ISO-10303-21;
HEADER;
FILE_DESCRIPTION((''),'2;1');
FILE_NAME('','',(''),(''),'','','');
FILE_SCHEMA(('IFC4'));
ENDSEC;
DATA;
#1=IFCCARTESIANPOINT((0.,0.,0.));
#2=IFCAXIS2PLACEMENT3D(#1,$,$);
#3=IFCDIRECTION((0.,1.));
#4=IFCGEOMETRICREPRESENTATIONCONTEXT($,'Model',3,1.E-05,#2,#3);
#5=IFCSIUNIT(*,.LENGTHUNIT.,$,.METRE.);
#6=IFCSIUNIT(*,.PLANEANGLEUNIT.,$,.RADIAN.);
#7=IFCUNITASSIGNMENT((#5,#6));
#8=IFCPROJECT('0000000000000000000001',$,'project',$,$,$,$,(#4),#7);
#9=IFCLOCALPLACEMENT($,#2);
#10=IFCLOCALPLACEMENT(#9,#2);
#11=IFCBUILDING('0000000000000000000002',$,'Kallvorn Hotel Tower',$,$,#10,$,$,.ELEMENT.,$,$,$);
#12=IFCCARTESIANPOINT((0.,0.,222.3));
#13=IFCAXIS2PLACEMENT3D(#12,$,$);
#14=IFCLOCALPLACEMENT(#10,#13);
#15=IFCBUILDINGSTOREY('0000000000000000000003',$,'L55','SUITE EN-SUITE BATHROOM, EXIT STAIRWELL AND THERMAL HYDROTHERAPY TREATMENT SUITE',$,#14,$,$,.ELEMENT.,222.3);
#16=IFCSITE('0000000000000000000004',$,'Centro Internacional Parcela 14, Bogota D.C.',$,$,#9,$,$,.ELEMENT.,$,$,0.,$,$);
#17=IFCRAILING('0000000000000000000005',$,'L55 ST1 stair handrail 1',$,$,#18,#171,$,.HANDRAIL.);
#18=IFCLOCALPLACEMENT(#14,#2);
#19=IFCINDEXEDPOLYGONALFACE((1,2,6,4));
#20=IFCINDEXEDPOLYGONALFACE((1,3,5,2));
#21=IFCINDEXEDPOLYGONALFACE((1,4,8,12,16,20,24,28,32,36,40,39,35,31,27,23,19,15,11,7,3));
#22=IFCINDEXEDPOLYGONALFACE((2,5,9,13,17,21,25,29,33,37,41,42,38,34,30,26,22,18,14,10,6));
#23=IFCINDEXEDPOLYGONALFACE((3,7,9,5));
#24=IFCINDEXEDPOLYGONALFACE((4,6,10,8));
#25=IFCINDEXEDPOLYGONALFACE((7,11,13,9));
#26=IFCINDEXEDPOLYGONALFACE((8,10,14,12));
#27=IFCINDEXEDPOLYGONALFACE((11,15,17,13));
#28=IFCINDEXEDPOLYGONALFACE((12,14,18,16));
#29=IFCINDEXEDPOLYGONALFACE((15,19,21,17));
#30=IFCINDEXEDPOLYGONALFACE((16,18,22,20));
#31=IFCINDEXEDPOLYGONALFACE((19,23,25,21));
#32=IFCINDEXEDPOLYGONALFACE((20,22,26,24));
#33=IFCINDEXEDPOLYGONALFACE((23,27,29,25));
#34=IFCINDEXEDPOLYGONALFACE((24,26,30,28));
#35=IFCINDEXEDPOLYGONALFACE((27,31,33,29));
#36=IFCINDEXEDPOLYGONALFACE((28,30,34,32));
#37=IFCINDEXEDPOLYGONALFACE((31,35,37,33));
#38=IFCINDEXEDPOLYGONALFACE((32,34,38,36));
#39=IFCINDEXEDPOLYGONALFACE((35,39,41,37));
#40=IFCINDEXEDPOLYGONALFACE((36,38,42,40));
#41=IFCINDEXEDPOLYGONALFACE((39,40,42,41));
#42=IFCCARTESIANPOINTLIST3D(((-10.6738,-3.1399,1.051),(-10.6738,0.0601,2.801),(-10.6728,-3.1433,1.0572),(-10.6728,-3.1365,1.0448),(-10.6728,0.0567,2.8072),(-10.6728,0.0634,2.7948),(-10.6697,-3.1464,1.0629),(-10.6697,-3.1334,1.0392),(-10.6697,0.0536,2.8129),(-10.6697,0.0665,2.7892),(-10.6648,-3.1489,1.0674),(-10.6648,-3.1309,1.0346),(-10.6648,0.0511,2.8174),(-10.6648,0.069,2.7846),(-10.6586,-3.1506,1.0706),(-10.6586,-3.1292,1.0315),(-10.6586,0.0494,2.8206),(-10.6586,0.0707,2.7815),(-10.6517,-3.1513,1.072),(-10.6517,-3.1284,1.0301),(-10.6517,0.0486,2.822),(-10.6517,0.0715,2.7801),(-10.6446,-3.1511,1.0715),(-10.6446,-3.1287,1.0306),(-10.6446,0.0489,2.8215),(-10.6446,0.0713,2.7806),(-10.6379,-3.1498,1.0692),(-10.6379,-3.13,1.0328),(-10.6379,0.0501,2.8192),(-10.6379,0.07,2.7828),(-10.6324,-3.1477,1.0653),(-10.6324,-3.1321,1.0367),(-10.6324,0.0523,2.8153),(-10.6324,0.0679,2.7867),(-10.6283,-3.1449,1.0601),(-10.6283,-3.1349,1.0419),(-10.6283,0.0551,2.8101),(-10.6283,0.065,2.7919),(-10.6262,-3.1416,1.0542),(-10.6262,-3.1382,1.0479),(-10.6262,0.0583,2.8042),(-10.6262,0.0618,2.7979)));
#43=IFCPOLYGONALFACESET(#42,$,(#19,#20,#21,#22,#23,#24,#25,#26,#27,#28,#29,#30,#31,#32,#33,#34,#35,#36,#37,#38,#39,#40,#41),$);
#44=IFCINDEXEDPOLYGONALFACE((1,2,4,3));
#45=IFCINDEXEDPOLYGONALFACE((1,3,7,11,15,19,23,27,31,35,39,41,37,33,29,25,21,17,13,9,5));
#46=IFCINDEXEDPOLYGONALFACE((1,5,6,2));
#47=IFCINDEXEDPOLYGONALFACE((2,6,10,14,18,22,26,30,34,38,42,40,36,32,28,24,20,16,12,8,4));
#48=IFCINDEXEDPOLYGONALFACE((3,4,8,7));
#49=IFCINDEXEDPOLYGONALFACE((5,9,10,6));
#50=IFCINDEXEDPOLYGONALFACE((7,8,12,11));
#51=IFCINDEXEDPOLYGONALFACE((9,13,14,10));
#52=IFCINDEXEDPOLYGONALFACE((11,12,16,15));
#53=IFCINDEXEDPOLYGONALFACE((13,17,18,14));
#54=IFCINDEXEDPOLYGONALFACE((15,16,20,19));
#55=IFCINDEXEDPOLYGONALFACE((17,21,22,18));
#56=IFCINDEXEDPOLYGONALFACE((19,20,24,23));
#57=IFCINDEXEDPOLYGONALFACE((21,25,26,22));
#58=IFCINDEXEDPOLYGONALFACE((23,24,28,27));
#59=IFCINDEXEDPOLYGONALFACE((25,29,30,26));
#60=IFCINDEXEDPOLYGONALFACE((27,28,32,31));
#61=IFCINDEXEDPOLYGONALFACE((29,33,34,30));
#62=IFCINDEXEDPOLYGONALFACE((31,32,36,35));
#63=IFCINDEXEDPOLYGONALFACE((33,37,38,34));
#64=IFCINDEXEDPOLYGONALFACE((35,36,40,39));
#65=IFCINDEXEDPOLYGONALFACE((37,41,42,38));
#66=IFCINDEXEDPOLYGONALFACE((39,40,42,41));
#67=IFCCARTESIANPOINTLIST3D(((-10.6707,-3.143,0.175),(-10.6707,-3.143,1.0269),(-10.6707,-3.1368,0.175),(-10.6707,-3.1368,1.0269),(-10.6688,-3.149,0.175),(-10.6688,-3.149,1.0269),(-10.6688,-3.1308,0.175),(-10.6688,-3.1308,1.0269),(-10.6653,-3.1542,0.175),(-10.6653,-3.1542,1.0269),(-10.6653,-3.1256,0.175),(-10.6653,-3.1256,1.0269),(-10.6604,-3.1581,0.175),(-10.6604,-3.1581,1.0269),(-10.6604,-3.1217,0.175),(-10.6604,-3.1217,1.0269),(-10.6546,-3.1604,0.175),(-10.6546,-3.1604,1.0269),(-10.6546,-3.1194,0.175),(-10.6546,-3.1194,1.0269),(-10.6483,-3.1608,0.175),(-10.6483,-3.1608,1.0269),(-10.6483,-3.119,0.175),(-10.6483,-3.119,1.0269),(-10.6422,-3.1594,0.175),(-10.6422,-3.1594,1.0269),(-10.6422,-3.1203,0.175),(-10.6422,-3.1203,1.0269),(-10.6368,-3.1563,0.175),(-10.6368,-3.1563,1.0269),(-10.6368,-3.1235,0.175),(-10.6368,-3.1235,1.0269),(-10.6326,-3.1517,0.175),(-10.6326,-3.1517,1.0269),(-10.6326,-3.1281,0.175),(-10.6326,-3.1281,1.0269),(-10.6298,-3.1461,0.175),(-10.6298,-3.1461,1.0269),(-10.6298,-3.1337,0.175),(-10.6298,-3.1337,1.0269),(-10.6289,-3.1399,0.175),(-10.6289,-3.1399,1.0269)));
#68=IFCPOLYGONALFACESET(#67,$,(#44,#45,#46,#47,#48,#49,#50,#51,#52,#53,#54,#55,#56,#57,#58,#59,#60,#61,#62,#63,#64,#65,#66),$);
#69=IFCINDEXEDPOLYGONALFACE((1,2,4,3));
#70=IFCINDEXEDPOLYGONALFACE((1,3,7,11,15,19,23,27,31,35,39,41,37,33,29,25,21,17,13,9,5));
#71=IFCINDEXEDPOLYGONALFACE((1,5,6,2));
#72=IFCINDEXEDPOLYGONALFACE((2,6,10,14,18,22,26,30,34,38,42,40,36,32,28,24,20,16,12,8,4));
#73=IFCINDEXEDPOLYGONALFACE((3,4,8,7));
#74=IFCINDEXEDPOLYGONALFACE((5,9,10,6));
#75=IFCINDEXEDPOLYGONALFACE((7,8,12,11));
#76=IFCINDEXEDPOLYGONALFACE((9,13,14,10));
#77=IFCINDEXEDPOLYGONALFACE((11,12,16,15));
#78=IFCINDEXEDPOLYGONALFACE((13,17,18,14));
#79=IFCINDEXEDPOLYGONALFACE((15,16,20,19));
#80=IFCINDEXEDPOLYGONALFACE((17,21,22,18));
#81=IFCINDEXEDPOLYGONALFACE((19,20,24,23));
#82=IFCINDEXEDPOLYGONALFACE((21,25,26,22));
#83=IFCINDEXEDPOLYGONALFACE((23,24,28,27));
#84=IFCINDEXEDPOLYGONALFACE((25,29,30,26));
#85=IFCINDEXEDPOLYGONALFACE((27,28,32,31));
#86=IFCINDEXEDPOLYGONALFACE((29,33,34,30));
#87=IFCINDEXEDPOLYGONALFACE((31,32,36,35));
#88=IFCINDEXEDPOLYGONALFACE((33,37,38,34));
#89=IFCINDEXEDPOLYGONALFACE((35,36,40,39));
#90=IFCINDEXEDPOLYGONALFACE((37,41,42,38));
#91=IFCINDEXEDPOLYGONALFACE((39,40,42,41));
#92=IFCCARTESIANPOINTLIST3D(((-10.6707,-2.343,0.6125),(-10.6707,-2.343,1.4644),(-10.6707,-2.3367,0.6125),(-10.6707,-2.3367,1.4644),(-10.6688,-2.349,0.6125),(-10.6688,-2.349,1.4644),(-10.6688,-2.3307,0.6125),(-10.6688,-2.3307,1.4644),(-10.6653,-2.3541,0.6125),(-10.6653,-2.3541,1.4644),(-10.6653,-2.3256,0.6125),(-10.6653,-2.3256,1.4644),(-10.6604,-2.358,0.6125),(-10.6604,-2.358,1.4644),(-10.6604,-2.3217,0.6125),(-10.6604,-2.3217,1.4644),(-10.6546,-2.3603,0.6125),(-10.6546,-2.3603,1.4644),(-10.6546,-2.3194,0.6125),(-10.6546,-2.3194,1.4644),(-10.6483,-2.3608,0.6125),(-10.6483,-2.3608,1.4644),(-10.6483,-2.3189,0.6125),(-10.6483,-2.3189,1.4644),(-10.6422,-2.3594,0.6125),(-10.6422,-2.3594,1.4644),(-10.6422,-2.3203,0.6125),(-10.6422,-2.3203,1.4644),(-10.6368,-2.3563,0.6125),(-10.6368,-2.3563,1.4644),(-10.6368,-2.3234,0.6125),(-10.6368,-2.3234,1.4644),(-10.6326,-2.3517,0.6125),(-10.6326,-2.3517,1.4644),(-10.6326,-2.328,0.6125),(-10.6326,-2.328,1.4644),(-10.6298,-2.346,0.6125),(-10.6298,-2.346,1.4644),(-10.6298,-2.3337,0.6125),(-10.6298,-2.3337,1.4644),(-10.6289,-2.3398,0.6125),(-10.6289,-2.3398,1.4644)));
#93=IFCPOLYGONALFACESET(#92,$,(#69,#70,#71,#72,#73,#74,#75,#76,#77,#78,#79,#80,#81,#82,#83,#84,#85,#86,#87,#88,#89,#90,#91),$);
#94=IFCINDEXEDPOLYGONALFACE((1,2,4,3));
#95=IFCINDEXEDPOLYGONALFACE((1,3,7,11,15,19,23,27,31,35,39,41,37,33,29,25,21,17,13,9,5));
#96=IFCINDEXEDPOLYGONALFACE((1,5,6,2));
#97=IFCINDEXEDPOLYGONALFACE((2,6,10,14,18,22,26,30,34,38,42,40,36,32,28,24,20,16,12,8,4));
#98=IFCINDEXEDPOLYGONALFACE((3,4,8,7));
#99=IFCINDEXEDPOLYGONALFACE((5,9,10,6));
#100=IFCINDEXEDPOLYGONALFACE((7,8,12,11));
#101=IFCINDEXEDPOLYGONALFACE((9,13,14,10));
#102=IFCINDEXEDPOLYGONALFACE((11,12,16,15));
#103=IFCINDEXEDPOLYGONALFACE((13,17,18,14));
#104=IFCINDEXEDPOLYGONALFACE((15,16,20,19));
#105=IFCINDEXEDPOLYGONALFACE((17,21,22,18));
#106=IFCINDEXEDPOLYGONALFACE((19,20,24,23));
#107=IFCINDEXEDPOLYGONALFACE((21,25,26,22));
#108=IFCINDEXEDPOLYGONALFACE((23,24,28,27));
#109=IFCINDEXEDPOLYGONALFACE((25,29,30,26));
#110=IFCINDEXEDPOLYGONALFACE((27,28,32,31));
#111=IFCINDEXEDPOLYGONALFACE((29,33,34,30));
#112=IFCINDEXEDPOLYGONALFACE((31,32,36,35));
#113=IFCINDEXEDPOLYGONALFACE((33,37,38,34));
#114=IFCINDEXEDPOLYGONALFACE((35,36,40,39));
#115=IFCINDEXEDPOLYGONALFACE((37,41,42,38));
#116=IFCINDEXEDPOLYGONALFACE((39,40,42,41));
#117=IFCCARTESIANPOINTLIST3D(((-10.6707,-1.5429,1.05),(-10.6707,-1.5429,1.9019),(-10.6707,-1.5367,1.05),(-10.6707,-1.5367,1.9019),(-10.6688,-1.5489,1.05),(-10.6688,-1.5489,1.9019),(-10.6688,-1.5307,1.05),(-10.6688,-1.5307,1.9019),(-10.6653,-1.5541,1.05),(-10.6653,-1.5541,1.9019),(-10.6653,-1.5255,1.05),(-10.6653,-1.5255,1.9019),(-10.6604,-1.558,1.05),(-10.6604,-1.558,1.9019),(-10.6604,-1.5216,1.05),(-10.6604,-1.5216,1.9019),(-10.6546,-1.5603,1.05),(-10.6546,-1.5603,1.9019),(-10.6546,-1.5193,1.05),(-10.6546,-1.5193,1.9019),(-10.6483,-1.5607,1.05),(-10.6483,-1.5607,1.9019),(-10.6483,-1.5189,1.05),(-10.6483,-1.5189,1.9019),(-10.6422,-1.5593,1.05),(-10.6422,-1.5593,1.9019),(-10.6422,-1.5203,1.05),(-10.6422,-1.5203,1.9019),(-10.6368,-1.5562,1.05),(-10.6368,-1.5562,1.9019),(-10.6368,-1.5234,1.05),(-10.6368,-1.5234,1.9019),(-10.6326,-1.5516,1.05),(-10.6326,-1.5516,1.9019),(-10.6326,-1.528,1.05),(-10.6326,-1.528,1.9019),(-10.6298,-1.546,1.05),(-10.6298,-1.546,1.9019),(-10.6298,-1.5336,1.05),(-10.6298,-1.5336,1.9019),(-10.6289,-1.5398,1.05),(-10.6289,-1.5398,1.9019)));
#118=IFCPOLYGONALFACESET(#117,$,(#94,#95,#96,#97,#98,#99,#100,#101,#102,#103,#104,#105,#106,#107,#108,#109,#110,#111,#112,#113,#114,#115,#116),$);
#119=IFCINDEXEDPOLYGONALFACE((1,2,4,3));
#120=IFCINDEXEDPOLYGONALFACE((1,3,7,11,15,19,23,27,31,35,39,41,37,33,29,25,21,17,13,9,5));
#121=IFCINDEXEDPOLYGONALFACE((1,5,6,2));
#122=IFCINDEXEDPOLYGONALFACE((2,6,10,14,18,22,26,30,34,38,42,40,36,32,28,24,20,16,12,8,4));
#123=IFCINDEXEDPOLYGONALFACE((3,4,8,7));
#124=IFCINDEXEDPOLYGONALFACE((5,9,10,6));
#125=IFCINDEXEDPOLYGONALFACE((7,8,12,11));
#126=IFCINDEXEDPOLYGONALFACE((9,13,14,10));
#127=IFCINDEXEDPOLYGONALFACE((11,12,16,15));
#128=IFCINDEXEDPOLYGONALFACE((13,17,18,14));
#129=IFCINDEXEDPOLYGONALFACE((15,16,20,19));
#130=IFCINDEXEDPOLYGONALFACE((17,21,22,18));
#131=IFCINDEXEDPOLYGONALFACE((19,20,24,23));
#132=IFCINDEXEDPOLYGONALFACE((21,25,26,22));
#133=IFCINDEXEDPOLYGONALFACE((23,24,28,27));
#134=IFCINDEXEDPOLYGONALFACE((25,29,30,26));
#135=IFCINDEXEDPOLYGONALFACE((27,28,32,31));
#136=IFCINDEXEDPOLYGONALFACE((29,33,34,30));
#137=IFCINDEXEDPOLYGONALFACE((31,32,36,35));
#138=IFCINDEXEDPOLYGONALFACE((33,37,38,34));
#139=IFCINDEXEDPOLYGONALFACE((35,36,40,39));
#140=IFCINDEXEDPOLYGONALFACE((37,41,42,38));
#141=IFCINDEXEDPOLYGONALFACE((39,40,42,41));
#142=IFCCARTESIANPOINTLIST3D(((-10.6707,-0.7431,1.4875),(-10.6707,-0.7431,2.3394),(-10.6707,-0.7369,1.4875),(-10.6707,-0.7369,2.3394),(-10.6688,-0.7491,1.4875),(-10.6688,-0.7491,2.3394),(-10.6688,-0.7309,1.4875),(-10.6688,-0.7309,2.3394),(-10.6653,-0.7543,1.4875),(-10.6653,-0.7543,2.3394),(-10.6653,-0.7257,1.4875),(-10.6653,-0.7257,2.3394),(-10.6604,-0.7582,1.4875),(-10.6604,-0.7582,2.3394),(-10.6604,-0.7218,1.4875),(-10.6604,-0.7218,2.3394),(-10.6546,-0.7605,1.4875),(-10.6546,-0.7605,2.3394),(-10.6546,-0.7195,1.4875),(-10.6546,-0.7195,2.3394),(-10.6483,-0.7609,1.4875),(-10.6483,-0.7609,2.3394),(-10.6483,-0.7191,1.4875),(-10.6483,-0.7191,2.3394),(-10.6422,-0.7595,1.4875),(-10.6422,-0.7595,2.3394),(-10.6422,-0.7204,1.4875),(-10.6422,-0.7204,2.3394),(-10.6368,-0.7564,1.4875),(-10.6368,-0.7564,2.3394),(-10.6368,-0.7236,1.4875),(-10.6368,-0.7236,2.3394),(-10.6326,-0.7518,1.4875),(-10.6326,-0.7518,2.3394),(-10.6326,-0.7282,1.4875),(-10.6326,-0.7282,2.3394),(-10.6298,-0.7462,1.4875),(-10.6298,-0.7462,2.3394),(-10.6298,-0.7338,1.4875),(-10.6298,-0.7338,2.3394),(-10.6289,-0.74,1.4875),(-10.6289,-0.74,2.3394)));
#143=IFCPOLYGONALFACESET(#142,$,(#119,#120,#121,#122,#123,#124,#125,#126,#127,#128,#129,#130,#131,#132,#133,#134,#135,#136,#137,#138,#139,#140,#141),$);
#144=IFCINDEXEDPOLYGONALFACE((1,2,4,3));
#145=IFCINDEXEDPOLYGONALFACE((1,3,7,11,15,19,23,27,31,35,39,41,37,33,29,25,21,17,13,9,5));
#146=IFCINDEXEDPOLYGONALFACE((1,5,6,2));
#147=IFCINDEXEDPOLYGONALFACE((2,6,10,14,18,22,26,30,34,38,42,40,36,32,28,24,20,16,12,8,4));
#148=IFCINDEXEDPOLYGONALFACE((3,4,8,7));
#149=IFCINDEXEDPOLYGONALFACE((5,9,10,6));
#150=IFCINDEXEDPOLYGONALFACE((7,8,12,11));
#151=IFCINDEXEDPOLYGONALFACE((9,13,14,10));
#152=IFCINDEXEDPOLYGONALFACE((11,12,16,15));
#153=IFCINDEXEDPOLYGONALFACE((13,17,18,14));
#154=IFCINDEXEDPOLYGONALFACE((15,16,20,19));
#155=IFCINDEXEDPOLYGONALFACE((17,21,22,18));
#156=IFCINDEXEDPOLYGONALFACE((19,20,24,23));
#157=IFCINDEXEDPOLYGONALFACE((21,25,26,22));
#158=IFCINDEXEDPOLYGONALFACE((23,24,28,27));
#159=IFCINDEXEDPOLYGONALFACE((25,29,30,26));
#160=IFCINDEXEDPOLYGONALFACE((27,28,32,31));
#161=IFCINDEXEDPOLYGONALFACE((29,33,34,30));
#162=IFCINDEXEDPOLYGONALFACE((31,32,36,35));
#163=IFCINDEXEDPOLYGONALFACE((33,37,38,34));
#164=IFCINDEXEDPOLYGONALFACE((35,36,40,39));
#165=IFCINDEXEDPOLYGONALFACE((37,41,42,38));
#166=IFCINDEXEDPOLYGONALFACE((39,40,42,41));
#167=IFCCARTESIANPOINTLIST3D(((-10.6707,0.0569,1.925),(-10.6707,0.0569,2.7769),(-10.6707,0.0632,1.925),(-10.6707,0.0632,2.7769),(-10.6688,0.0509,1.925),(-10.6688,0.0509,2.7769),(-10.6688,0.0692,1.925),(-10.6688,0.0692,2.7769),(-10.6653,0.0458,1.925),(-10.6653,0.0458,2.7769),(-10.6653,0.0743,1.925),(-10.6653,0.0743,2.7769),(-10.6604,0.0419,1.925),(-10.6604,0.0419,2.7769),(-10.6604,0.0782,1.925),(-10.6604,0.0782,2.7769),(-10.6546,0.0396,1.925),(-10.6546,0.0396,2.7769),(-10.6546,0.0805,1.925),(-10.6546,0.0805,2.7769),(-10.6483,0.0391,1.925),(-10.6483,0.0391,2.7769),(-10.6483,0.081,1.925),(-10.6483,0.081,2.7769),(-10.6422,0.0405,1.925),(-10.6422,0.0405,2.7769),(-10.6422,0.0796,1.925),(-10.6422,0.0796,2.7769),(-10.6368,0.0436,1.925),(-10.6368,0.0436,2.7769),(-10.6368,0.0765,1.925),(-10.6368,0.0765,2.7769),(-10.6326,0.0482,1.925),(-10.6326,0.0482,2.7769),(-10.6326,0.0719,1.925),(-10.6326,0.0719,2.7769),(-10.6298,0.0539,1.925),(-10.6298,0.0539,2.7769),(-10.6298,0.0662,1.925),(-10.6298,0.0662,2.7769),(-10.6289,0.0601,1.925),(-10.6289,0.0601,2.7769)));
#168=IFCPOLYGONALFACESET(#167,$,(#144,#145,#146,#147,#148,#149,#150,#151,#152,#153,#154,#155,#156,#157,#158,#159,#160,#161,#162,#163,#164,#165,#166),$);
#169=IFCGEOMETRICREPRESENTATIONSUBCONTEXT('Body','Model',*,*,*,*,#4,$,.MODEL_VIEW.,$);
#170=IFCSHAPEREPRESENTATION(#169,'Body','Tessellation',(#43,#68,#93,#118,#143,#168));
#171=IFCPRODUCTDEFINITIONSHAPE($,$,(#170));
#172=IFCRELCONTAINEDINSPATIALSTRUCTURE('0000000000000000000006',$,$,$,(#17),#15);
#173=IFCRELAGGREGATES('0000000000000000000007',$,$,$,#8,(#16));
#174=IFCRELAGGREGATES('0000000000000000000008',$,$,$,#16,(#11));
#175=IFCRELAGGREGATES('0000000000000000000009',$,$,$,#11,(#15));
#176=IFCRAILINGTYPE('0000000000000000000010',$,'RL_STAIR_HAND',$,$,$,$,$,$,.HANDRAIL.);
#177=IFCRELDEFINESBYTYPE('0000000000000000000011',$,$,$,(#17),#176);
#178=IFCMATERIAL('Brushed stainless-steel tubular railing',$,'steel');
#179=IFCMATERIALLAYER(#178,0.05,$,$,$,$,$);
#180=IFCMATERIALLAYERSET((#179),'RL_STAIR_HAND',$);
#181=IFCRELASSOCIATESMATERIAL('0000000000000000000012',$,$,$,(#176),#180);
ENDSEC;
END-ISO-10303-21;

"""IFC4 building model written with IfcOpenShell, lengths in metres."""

from ifc_helpers import new_model, si_unit, direction, frame, origin, origin_2d, place, context, subcontext, project, spatial, circle, extrude, material, layer, layer_set, type_object, element, save


model = new_model("IFC4")

# Units and contexts
model_context = context("Model", 3, precision=1e-05, world=origin(), true_north=direction((0.0, 1.0)))
body_context = subcontext(model_context, "Body", "Model", "MODEL_VIEW")
ifc_project = project(units=[si_unit("LENGTHUNIT", "METRE"), si_unit("PLANEANGLEUNIT", "RADIAN")], contexts=[model_context])

# Site, building, storey
site_placement = place(None, origin())
site = spatial("IfcSite", under=ifc_project, at=site_placement, Name="Centro Internacional Parcela 14, Bogota D.C.", CompositionType="ELEMENT", RefElevation=0.0)
building_placement = place(site_placement, origin())
building = spatial("IfcBuilding", under=site, at=building_placement, Name="Kallvorn Hotel Tower", CompositionType="ELEMENT")
storey_placement = place(building_placement, frame((0.0, 0.0, 222.3)))
storey = spatial("IfcBuildingStorey", under=building, at=storey_placement, Name="L55", Description="SUITE EN-SUITE BATHROOM, EXIT STAIRWELL AND THERMAL HYDROTHERAPY TREATMENT SUITE", CompositionType="ELEMENT", Elevation=222.3)

# Railing
ifc_material_1 = material(Name="Brushed stainless-steel tubular railing", Category="steel")
ifc_layer_1 = layer(ifc_material_1, 0.05)
ifc_layer_set_1 = layer_set([ifc_layer_1], Name="RL_STAIR_HAND")
railing_type_1 = type_object("IfcRailingType", Name="RL_STAIR_HAND", PredefinedType="HANDRAIL", material=ifc_layer_set_1)
railing_1_placement = place(storey_placement, frame((-10.6499, -3.1399, 0.175)))
element("IfcRailing", 1, at=railing_1_placement, inside=storey, type_object=railing_type_1, Name="L55 ST1 stair handrail 1", PredefinedType="HANDRAIL", context=body_context, shape_type="SweptSolid", body=[
    extrude(circle(Radius=0.0239, at=origin_2d()), frame((0.0, 0.0, 0.876), z_axis=(0.0, 0.877368, 0.479818), x_axis=(-1.0, 0.0, 0.0)), (0.0, 0.0, 1.0), 3.6472),
    extrude(circle(Radius=0.021, at=origin_2d()), origin(), (0.0, 0.0, 1.0), 0.8518),
    extrude(circle(Radius=0.021, at=origin_2d()), frame((0.0, 0.8, 0.4375)), (0.0, 0.0, 1.0), 0.8518),
    extrude(circle(Radius=0.021, at=origin_2d()), frame((0.0, 1.6001, 0.875)), (0.0, 0.0, 1.0), 0.8518),
    extrude(circle(Radius=0.021, at=origin_2d()), frame((0.0, 2.3999, 1.3125)), (0.0, 0.0, 1.0), 0.8518),
    extrude(circle(Radius=0.021, at=origin_2d()), frame((0.0, 3.2, 1.75)), (0.0, 0.0, 1.0), 0.8518),
])

save(model, "model.ifc")
